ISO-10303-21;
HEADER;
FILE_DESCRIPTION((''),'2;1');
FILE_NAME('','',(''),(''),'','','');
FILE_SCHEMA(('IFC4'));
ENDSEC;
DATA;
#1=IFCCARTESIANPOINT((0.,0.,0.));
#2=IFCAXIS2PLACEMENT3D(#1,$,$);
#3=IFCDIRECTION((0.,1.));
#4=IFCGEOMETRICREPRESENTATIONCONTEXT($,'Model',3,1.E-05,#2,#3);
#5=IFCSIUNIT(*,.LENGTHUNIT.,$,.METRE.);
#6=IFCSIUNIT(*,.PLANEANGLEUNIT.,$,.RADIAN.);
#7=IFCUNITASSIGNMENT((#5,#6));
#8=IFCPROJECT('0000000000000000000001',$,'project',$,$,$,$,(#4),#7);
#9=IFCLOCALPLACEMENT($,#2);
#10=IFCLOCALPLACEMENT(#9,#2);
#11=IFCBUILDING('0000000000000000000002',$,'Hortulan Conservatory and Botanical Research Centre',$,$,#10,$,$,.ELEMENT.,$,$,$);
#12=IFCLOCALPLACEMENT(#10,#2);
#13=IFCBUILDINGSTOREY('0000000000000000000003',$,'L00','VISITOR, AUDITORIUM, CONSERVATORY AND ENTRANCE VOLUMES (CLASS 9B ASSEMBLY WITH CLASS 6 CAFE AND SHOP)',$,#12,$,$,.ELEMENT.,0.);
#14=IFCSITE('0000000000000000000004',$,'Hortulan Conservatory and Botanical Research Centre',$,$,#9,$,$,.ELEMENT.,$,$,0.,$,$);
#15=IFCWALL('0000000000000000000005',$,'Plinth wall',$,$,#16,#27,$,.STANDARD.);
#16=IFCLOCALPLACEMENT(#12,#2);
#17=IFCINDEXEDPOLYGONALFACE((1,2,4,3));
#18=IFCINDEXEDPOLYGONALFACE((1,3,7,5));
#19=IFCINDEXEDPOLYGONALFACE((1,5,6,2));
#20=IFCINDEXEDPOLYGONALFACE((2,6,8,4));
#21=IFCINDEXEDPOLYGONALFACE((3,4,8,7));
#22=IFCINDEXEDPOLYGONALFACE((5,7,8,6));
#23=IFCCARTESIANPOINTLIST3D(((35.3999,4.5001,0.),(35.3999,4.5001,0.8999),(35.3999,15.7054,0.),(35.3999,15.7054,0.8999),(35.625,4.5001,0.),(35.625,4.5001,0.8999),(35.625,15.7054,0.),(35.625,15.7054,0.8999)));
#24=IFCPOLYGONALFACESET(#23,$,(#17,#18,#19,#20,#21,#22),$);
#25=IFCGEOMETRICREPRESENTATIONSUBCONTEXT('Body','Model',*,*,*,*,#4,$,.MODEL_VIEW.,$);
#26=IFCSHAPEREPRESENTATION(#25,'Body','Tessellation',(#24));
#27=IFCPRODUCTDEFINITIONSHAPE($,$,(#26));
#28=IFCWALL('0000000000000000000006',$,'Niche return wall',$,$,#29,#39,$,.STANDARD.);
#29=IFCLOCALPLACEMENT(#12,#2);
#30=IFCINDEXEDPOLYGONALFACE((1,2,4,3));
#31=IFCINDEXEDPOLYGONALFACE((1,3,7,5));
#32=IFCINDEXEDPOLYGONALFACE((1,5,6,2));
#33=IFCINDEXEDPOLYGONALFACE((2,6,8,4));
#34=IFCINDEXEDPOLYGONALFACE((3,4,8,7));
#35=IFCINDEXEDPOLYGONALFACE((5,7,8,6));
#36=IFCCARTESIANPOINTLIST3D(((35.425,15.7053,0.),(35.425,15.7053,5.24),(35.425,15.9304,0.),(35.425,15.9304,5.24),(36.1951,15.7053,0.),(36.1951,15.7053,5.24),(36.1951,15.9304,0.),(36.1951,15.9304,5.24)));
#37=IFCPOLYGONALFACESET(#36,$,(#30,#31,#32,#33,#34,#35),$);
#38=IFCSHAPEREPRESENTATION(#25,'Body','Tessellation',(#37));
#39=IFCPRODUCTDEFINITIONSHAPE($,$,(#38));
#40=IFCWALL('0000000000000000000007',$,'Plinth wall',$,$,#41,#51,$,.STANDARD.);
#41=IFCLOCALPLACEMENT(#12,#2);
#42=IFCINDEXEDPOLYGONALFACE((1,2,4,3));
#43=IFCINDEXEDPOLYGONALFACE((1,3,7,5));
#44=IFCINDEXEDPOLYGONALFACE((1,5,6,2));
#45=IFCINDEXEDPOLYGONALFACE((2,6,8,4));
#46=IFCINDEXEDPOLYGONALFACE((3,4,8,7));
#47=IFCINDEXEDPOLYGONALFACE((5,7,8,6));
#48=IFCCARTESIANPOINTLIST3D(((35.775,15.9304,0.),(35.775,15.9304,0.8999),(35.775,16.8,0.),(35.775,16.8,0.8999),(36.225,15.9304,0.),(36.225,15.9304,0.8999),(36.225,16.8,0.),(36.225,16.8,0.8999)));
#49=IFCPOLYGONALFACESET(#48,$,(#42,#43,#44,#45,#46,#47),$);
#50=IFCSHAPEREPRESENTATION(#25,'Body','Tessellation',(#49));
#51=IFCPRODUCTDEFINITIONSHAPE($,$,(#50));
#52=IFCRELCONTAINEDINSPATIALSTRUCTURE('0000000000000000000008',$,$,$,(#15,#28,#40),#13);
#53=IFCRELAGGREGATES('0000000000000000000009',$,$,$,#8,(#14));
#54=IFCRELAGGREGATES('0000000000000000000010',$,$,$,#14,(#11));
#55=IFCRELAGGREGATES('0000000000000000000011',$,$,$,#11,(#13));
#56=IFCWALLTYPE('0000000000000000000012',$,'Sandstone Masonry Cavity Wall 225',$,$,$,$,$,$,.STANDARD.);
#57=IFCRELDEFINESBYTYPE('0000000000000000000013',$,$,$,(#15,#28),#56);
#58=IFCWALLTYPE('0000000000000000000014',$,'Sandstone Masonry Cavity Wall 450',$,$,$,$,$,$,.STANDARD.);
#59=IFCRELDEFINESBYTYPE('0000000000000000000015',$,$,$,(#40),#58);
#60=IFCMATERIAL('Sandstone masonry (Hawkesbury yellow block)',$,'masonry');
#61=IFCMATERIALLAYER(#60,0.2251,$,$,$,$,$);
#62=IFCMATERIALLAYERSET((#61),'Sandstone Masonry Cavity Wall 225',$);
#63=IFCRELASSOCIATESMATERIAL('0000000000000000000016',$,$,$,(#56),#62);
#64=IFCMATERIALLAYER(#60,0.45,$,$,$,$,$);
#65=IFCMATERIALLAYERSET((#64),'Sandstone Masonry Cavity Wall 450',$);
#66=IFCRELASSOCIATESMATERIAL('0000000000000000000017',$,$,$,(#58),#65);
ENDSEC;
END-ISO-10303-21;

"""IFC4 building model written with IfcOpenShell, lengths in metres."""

from ifc_helpers import new_model, si_unit, direction, frame, frame_2d, origin, place, context, subcontext, project, spatial, rectangle, extrude, material, layer, layer_set, type_object, element, save


model = new_model("IFC4")

# Units and contexts
model_context = context("Model", 3, precision=1e-05, world=origin(), true_north=direction((0.0, 1.0)))
body_context = subcontext(model_context, "Body", "Model", "MODEL_VIEW")
ifc_project = project(units=[si_unit("LENGTHUNIT", "METRE"), si_unit("PLANEANGLEUNIT", "RADIAN")], contexts=[model_context])

# Site, building, storey
site_placement = place(None, origin())
site = spatial("IfcSite", under=ifc_project, at=site_placement, Name="Hortulan Conservatory and Botanical Research Centre", CompositionType="ELEMENT", RefElevation=0.0)
building_placement = place(site_placement, origin())
building = spatial("IfcBuilding", under=site, at=building_placement, Name="Hortulan Conservatory and Botanical Research Centre", CompositionType="ELEMENT")
storey_placement = place(building_placement, origin())
storey = spatial("IfcBuildingStorey", under=building, at=storey_placement, Name="L00", Description="VISITOR, AUDITORIUM, CONSERVATORY AND ENTRANCE VOLUMES (CLASS 9B ASSEMBLY WITH CLASS 6 CAFE AND SHOP)", CompositionType="ELEMENT", Elevation=0.0)

# Walls
ifc_material_1 = material(Name="Sandstone masonry (Hawkesbury yellow block)", Category="masonry")
ifc_layer_1 = layer(ifc_material_1, 0.2251)
ifc_layer_set_1 = layer_set([ifc_layer_1], Name="Sandstone Masonry Cavity Wall 225")
wall_type_1 = type_object("IfcWallType", Name="Sandstone Masonry Cavity Wall 225", PredefinedType="STANDARD", material=ifc_layer_set_1)
wall_1_placement = place(storey_placement, frame((35.5125, 15.7053, 0.0), z_axis=(0.0, 0.0, 1.0), x_axis=(0.0, -1.0, 0.0)))
element("IfcWall", 1, at=wall_1_placement, inside=storey, type_object=wall_type_1, Name="Plinth wall", PredefinedType="STANDARD", context=body_context, shape_type="SweptSolid", body=[
    extrude(rectangle(XDim=11.2053, YDim=0.2251, at=frame_2d((5.6025, 0.0))), origin(), (0.0, 0.0, 1.0), 0.8999),
])
wall_2_placement = place(storey_placement, frame((35.425, 15.8179, 0.0), z_axis=(0.0, 0.0, 1.0), x_axis=(1.0, 0.0, 0.0)))
element("IfcWall", 2, at=wall_2_placement, inside=storey, type_object=wall_type_1, Name="Niche return wall", PredefinedType="STANDARD", context=body_context, shape_type="SweptSolid", body=[
    extrude(rectangle(XDim=0.77, YDim=0.2251, at=frame_2d((0.385, 0.0))), origin(), (0.0, 0.0, 1.0), 5.24),
])
ifc_layer_2 = layer(ifc_material_1, 0.45)
ifc_layer_set_2 = layer_set([ifc_layer_2], Name="Sandstone Masonry Cavity Wall 450")
wall_type_2 = type_object("IfcWallType", Name="Sandstone Masonry Cavity Wall 450", PredefinedType="STANDARD", material=ifc_layer_set_2)
wall_3_placement = place(storey_placement, frame((36.0, 15.9304, 0.0), z_axis=(0.0, 0.0, 1.0), x_axis=(0.0, 1.0, 0.0)))
element("IfcWall", 3, at=wall_3_placement, inside=storey, type_object=wall_type_2, Name="Plinth wall", PredefinedType="STANDARD", context=body_context, shape_type="SweptSolid", body=[
    extrude(rectangle(XDim=0.8696, YDim=0.45, at=frame_2d((0.4348, 0.0))), origin(), (0.0, 0.0, 1.0), 0.8999),
])

save(model, "model.ifc")
